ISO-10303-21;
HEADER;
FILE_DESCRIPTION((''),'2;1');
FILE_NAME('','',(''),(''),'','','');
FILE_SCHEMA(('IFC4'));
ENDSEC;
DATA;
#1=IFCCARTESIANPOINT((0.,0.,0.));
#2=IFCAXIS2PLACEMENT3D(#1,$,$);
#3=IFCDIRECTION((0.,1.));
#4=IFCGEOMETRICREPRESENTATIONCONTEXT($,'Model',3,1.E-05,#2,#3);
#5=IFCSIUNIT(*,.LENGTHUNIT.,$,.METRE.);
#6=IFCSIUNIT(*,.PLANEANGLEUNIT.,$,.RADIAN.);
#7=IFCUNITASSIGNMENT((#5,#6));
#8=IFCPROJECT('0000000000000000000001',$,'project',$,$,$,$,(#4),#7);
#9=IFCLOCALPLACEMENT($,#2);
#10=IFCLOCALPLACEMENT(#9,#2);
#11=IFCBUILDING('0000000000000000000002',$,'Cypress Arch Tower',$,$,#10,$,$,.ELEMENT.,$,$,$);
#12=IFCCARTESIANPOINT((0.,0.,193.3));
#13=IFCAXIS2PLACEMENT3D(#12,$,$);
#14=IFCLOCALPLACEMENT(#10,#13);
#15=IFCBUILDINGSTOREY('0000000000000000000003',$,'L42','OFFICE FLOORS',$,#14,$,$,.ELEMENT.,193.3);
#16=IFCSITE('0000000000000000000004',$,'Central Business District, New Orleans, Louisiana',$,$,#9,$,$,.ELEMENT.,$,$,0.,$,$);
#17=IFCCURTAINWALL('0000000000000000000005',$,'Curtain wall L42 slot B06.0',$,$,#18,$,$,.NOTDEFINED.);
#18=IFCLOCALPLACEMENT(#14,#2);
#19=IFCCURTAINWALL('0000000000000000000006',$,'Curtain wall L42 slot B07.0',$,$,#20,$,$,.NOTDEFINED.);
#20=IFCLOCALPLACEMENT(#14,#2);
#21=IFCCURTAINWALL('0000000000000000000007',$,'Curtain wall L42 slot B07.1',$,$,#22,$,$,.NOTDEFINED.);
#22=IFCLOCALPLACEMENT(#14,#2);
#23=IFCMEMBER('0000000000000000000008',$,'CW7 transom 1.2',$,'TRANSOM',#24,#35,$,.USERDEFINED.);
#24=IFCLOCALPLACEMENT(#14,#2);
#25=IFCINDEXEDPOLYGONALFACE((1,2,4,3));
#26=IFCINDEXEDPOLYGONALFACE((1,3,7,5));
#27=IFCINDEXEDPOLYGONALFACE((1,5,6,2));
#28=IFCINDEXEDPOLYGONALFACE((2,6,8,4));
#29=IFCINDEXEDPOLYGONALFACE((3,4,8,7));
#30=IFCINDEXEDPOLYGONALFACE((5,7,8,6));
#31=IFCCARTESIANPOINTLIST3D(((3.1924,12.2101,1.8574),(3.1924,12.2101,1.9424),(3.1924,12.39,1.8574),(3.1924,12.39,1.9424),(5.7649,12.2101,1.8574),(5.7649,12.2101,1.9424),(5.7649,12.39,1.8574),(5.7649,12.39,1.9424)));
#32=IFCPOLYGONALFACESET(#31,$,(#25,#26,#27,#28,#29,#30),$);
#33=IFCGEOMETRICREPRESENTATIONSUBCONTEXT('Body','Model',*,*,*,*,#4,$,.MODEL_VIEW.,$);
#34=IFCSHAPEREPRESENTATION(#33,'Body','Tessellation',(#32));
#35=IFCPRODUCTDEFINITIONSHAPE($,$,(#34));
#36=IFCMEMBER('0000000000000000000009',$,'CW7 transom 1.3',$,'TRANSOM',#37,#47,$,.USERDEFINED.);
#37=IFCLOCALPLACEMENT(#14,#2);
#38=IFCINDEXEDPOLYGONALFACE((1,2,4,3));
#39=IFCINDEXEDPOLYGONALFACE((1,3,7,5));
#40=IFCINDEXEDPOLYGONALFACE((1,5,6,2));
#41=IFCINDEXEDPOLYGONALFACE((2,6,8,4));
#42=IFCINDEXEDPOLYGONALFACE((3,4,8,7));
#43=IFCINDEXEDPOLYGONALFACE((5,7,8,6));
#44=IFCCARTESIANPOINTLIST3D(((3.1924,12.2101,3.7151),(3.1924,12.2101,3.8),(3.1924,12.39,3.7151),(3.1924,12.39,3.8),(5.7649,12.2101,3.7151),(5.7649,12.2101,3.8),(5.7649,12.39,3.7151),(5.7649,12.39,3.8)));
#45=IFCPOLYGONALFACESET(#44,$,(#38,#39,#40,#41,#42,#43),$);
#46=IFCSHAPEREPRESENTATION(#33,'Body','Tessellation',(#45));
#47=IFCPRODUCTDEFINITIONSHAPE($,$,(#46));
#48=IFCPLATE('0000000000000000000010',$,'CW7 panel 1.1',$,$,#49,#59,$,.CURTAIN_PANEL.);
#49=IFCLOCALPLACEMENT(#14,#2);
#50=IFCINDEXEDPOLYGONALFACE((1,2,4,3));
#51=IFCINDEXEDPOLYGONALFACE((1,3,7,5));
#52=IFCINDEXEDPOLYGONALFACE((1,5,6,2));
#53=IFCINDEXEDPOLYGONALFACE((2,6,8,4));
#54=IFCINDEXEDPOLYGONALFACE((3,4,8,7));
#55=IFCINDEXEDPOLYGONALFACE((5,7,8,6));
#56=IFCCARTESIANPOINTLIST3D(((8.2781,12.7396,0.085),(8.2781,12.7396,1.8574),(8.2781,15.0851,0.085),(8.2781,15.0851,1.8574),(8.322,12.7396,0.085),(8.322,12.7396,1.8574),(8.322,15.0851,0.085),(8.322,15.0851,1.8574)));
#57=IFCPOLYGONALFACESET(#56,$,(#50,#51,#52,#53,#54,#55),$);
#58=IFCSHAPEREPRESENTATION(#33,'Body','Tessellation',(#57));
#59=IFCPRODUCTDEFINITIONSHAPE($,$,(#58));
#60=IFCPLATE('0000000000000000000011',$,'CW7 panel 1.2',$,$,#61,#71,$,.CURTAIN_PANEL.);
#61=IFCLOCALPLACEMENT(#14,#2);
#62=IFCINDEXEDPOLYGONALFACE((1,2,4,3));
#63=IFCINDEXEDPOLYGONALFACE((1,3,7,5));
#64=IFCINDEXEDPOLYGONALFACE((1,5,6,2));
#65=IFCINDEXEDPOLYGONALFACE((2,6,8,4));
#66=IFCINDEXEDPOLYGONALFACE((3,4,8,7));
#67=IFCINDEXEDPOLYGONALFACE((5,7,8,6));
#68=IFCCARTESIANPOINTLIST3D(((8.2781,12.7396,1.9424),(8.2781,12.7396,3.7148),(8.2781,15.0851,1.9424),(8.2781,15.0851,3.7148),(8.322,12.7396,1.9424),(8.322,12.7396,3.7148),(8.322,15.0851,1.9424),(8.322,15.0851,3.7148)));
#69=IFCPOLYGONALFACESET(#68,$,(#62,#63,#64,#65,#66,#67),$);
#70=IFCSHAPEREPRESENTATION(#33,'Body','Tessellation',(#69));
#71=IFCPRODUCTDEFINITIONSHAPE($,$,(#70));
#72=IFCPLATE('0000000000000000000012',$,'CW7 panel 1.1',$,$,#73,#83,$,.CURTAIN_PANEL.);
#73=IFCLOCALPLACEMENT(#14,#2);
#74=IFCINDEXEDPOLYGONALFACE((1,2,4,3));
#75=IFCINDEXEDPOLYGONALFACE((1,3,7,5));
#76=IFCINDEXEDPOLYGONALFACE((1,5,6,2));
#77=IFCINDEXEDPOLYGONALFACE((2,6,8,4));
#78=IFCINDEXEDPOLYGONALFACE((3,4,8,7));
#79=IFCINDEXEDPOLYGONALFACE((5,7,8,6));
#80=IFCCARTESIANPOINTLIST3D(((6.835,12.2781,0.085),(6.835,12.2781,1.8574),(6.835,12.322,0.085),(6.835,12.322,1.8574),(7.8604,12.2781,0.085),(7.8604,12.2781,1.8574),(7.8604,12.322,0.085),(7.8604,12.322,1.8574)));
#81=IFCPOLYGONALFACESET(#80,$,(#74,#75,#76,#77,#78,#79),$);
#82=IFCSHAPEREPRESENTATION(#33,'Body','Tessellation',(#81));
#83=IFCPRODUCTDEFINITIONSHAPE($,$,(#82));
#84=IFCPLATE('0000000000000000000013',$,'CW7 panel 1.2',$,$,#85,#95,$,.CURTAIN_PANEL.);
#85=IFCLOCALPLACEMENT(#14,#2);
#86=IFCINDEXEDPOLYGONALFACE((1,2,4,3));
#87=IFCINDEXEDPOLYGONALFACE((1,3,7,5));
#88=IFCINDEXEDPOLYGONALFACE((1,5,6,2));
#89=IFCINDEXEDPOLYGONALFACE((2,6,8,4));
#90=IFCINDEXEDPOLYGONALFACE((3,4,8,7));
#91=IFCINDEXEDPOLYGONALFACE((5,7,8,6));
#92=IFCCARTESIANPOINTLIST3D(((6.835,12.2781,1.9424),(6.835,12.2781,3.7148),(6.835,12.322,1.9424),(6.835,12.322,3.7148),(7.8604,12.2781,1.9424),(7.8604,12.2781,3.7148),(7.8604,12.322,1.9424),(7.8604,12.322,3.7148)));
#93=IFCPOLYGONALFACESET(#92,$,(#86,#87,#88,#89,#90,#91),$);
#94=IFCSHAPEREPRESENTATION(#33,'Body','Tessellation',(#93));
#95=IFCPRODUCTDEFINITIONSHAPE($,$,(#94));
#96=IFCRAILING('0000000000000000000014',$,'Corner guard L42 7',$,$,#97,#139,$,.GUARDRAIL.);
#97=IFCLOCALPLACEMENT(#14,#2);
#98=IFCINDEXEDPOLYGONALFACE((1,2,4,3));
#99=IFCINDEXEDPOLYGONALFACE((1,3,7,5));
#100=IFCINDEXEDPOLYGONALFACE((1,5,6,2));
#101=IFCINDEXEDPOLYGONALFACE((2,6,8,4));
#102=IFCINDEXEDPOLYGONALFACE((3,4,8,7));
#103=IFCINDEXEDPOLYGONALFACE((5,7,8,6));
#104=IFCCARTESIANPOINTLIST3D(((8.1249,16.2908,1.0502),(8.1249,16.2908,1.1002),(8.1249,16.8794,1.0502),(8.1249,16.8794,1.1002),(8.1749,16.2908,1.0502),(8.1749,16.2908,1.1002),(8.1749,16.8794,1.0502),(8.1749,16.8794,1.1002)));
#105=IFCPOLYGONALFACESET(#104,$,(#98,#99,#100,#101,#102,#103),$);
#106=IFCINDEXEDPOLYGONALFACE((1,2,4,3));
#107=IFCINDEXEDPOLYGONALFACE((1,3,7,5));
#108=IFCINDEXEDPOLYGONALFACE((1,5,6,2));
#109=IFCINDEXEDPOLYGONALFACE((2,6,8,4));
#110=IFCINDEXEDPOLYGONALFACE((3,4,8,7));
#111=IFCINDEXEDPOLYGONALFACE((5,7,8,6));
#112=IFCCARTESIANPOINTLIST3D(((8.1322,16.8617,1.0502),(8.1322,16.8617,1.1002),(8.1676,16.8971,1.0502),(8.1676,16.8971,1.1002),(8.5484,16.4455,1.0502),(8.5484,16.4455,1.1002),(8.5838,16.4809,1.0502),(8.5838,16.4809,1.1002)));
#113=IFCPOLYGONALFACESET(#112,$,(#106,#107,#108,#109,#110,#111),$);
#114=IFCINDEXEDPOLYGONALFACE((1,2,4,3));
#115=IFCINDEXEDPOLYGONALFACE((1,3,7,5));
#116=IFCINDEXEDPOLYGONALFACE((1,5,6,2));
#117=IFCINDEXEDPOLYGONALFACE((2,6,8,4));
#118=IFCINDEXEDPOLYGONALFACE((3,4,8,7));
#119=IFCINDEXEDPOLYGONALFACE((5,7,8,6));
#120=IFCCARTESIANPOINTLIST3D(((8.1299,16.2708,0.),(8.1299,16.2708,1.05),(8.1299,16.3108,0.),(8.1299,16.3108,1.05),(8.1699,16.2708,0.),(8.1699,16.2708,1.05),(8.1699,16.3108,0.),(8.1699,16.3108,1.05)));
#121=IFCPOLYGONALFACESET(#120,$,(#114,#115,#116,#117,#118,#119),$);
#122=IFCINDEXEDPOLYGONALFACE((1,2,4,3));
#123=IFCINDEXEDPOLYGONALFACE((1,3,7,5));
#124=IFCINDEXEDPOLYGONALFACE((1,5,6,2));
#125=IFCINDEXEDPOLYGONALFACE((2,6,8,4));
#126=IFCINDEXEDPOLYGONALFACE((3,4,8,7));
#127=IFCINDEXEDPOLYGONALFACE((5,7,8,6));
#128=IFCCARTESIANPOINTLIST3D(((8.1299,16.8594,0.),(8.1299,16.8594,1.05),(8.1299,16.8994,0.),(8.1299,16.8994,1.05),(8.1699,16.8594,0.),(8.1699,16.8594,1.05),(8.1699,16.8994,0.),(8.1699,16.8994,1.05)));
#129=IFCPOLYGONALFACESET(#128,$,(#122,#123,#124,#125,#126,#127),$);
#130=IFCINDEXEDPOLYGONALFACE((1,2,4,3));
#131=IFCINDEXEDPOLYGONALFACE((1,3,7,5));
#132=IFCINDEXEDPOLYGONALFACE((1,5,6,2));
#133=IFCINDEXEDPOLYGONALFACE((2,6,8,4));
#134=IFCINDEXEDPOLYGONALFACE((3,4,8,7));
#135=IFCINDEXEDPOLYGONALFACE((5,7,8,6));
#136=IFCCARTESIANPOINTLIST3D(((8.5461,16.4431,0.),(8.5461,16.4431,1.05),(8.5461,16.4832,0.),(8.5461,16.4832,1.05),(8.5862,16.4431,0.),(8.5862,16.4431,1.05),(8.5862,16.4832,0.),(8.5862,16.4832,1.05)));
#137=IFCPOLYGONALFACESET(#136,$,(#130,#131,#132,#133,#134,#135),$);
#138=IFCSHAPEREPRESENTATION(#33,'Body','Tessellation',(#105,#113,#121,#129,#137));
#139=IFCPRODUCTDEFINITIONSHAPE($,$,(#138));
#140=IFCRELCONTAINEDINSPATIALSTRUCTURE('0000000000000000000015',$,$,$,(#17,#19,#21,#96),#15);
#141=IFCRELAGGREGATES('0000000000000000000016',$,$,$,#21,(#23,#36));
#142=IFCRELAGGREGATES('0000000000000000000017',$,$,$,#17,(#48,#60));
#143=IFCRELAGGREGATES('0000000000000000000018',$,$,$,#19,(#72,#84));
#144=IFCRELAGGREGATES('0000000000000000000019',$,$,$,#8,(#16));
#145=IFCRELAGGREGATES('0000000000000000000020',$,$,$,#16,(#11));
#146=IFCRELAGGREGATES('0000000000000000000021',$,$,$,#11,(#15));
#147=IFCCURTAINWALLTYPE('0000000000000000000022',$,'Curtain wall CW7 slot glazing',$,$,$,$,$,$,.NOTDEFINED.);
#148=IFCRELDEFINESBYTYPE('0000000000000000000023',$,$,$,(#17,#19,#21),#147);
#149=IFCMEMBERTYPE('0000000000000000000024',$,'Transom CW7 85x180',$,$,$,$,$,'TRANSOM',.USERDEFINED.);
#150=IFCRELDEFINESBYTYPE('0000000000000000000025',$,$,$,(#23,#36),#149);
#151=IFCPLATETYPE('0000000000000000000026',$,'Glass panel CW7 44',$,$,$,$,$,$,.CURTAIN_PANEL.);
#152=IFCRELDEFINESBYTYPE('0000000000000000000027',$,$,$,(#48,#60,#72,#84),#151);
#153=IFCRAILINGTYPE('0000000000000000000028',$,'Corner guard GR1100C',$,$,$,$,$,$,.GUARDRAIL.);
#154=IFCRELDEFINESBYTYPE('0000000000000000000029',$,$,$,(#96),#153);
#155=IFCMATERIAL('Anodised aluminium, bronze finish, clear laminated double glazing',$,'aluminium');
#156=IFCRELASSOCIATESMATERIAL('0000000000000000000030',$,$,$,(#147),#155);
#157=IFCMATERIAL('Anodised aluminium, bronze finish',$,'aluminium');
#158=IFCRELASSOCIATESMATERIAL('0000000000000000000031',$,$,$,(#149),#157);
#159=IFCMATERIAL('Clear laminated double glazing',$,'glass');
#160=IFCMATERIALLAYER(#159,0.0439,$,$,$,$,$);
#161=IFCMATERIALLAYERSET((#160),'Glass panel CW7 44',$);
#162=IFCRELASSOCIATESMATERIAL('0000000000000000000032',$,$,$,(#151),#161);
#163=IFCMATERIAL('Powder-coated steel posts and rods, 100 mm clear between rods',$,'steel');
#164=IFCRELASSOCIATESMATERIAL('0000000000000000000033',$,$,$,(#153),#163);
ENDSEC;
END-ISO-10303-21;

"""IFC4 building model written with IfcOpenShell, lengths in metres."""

from ifc_helpers import new_model, si_unit, direction, frame, origin, origin_2d, place, context, subcontext, project, spatial, rectangle, extrude, material, layer, layer_set, material_profile, profile_set, type_object, element, aggregate, save


model = new_model("IFC4")

# Units and contexts
model_context = context("Model", 3, precision=1e-05, world=origin(), true_north=direction((0.0, 1.0)))
body_context = subcontext(model_context, "Body", "Model", "MODEL_VIEW")
ifc_project = project(units=[si_unit("LENGTHUNIT", "METRE"), si_unit("PLANEANGLEUNIT", "RADIAN")], contexts=[model_context])

# Site, building, storey
site_placement = place(None, origin())
site = spatial("IfcSite", under=ifc_project, at=site_placement, Name="Central Business District, New Orleans, Louisiana", CompositionType="ELEMENT", RefElevation=0.0)
building_placement = place(site_placement, origin())
building = spatial("IfcBuilding", under=site, at=building_placement, Name="Cypress Arch Tower", CompositionType="ELEMENT")
storey_placement = place(building_placement, frame((0.0, 0.0, 193.3)))
storey = spatial("IfcBuildingStorey", under=building, at=storey_placement, Name="L42", Description="OFFICE FLOORS", CompositionType="ELEMENT", Elevation=193.3)

# Curtain walls
ifc_material_1 = material(Name="Anodised aluminium, bronze finish, clear laminated double glazing", Category="aluminium")
curtain_wall_type = type_object("IfcCurtainWallType", Name="Curtain wall CW7 slot glazing", PredefinedType="NOTDEFINED", material=ifc_material_1)
curtain_wall_1_placement = place(storey_placement, origin())
curtain_wall_1 = element("IfcCurtainWall", 1, at=curtain_wall_1_placement, inside=storey, type_object=curtain_wall_type, Name="Curtain wall L42 slot B06.0", PredefinedType="NOTDEFINED")
curtain_wall_2_placement = place(storey_placement, origin())
curtain_wall_2 = element("IfcCurtainWall", 2, at=curtain_wall_2_placement, inside=storey, type_object=curtain_wall_type, Name="Curtain wall L42 slot B07.0", PredefinedType="NOTDEFINED")

# Curtain wall
curtain_wall_3_placement = place(storey_placement, origin())
curtain_wall_3 = element("IfcCurtainWall", 3, at=curtain_wall_3_placement, inside=storey, type_object=curtain_wall_type, Name="Curtain wall L42 slot B07.1", PredefinedType="NOTDEFINED")

# Members
ifc_material_2 = material(Name="Anodised aluminium, bronze finish", Category="aluminium")
ifc_material_profile_1 = material_profile(ifc_material_2, rectangle(XDim=0.1799, YDim=0.085, at=origin_2d()), Name="Transom 85x180")
ifc_profile_set_1 = profile_set([ifc_material_profile_1], Name="Anodised aluminium, bronze finish")
member_type_1 = type_object("IfcMemberType", Name="Transom CW7 85x180", ElementType="TRANSOM", PredefinedType="USERDEFINED", material=ifc_profile_set_1)
member_1_placement = place(storey_placement, frame((5.7649, 12.3, 1.8999), z_axis=(-1.0, 0.0, 0.0), x_axis=(0.0, -1.0, 0.0)))
member_1 = element("IfcMember", 4, at=member_1_placement, type_object=member_type_1, Name="CW7 transom 1.2", ObjectType="TRANSOM", PredefinedType="USERDEFINED", context=body_context, shape_type="SweptSolid", body=[
    extrude(rectangle(XDim=0.1799, YDim=0.085, at=origin_2d()), origin(), (0.0, 0.0, 1.0), 2.5725),
])
member_2_placement = place(storey_placement, frame((5.7649, 12.3, 3.7576), z_axis=(-1.0, 0.0, 0.0), x_axis=(0.0, -1.0, 0.0)))
member_2 = element("IfcMember", 5, at=member_2_placement, type_object=member_type_1, Name="CW7 transom 1.3", ObjectType="TRANSOM", PredefinedType="USERDEFINED", context=body_context, shape_type="SweptSolid", body=[
    extrude(rectangle(XDim=0.1799, YDim=0.085, at=origin_2d()), origin(), (0.0, 0.0, 1.0), 2.5725),
])
aggregate(curtain_wall_3, [member_1, member_2])

# Plates
ifc_material_3 = material(Name="Clear laminated double glazing", Category="glass")
ifc_layer = layer(ifc_material_3, 0.0439)
ifc_layer_set = layer_set([ifc_layer], Name="Glass panel CW7 44")
plate_type = type_object("IfcPlateType", Name="Glass panel CW7 44", PredefinedType="CURTAIN_PANEL", material=ifc_layer_set)
plate_1_placement = place(storey_placement, frame((8.3, 13.9124, 0.085), z_axis=(0.0, 0.0, 1.0), x_axis=(0.0, -1.0, 0.0)))
plate_1 = element("IfcPlate", 6, at=plate_1_placement, type_object=plate_type, Name="CW7 panel 1.1", PredefinedType="CURTAIN_PANEL", context=body_context, shape_type="SweptSolid", body=[
    extrude(rectangle(XDim=2.3455, YDim=0.0439, at=origin_2d()), origin(), (0.0, 0.0, 1.0), 1.7725),
])
plate_2_placement = place(storey_placement, frame((8.3, 13.9124, 1.9424), z_axis=(0.0, 0.0, 1.0), x_axis=(0.0, -1.0, 0.0)))
plate_2 = element("IfcPlate", 7, at=plate_2_placement, type_object=plate_type, Name="CW7 panel 1.2", PredefinedType="CURTAIN_PANEL", context=body_context, shape_type="SweptSolid", body=[
    extrude(rectangle(XDim=2.3455, YDim=0.0439, at=origin_2d()), origin(), (0.0, 0.0, 1.0), 1.7725),
])
aggregate(curtain_wall_1, [plate_1, plate_2])
plate_3_placement = place(storey_placement, frame((7.3477, 12.3, 0.085), z_axis=(0.0, 0.0, 1.0), x_axis=(-1.0, 0.0, 0.0)))
plate_3 = element("IfcPlate", 8, at=plate_3_placement, type_object=plate_type, Name="CW7 panel 1.1", PredefinedType="CURTAIN_PANEL", context=body_context, shape_type="SweptSolid", body=[
    extrude(rectangle(XDim=1.0254, YDim=0.0439, at=origin_2d()), origin(), (0.0, 0.0, 1.0), 1.7725),
])
plate_4_placement = place(storey_placement, frame((7.3477, 12.3, 1.9424), z_axis=(0.0, 0.0, 1.0), x_axis=(-1.0, 0.0, 0.0)))
plate_4 = element("IfcPlate", 9, at=plate_4_placement, type_object=plate_type, Name="CW7 panel 1.2", PredefinedType="CURTAIN_PANEL", context=body_context, shape_type="SweptSolid", body=[
    extrude(rectangle(XDim=1.0254, YDim=0.0439, at=origin_2d()), origin(), (0.0, 0.0, 1.0), 1.7725),
])
aggregate(curtain_wall_2, [plate_3, plate_4])

# Railing
ifc_material_4 = material(Name="Powder-coated steel posts and rods, 100 mm clear between rods", Category="steel")
railing_type = type_object("IfcRailingType", Name="Corner guard GR1100C", PredefinedType="GUARDRAIL", material=ifc_material_4)
railing_placement = place(storey_placement, frame((8.1499, 16.2908, 0.0)))
element("IfcRailing", 10, at=railing_placement, inside=storey, type_object=railing_type, Name="Corner guard L42 7", PredefinedType="GUARDRAIL", context=body_context, shape_type="SweptSolid", body=[
    extrude(rectangle(XDim=0.05, YDim=0.05, at=origin_2d()), frame((0.0, 0.0, 1.0752), z_axis=(0.0, 1.0, 0.0), x_axis=(-1.0, 0.0, 0.0)), (0.0, 0.0, 1.0), 0.5886),
    extrude(rectangle(XDim=0.05, YDim=0.05, at=origin_2d()), frame((0.0, 0.5886, 1.0752), z_axis=(0.707107, -0.707107, 0.0), x_axis=(0.707107, 0.707107, 0.0)), (0.0, 0.0, 1.0), 0.5886),
    extrude(rectangle(XDim=0.04, YDim=0.04, at=origin_2d()), origin(), (0.0, 0.0, 1.0), 1.05),
    extrude(rectangle(XDim=0.04, YDim=0.04, at=origin_2d()), frame((0.0, 0.5886, 0.0)), (0.0, 0.0, 1.0), 1.05),
    extrude(rectangle(XDim=0.04, YDim=0.04, at=origin_2d()), frame((0.4163, 0.1724, 0.0)), (0.0, 0.0, 1.0), 1.05),
])

save(model, "model.ifc")
